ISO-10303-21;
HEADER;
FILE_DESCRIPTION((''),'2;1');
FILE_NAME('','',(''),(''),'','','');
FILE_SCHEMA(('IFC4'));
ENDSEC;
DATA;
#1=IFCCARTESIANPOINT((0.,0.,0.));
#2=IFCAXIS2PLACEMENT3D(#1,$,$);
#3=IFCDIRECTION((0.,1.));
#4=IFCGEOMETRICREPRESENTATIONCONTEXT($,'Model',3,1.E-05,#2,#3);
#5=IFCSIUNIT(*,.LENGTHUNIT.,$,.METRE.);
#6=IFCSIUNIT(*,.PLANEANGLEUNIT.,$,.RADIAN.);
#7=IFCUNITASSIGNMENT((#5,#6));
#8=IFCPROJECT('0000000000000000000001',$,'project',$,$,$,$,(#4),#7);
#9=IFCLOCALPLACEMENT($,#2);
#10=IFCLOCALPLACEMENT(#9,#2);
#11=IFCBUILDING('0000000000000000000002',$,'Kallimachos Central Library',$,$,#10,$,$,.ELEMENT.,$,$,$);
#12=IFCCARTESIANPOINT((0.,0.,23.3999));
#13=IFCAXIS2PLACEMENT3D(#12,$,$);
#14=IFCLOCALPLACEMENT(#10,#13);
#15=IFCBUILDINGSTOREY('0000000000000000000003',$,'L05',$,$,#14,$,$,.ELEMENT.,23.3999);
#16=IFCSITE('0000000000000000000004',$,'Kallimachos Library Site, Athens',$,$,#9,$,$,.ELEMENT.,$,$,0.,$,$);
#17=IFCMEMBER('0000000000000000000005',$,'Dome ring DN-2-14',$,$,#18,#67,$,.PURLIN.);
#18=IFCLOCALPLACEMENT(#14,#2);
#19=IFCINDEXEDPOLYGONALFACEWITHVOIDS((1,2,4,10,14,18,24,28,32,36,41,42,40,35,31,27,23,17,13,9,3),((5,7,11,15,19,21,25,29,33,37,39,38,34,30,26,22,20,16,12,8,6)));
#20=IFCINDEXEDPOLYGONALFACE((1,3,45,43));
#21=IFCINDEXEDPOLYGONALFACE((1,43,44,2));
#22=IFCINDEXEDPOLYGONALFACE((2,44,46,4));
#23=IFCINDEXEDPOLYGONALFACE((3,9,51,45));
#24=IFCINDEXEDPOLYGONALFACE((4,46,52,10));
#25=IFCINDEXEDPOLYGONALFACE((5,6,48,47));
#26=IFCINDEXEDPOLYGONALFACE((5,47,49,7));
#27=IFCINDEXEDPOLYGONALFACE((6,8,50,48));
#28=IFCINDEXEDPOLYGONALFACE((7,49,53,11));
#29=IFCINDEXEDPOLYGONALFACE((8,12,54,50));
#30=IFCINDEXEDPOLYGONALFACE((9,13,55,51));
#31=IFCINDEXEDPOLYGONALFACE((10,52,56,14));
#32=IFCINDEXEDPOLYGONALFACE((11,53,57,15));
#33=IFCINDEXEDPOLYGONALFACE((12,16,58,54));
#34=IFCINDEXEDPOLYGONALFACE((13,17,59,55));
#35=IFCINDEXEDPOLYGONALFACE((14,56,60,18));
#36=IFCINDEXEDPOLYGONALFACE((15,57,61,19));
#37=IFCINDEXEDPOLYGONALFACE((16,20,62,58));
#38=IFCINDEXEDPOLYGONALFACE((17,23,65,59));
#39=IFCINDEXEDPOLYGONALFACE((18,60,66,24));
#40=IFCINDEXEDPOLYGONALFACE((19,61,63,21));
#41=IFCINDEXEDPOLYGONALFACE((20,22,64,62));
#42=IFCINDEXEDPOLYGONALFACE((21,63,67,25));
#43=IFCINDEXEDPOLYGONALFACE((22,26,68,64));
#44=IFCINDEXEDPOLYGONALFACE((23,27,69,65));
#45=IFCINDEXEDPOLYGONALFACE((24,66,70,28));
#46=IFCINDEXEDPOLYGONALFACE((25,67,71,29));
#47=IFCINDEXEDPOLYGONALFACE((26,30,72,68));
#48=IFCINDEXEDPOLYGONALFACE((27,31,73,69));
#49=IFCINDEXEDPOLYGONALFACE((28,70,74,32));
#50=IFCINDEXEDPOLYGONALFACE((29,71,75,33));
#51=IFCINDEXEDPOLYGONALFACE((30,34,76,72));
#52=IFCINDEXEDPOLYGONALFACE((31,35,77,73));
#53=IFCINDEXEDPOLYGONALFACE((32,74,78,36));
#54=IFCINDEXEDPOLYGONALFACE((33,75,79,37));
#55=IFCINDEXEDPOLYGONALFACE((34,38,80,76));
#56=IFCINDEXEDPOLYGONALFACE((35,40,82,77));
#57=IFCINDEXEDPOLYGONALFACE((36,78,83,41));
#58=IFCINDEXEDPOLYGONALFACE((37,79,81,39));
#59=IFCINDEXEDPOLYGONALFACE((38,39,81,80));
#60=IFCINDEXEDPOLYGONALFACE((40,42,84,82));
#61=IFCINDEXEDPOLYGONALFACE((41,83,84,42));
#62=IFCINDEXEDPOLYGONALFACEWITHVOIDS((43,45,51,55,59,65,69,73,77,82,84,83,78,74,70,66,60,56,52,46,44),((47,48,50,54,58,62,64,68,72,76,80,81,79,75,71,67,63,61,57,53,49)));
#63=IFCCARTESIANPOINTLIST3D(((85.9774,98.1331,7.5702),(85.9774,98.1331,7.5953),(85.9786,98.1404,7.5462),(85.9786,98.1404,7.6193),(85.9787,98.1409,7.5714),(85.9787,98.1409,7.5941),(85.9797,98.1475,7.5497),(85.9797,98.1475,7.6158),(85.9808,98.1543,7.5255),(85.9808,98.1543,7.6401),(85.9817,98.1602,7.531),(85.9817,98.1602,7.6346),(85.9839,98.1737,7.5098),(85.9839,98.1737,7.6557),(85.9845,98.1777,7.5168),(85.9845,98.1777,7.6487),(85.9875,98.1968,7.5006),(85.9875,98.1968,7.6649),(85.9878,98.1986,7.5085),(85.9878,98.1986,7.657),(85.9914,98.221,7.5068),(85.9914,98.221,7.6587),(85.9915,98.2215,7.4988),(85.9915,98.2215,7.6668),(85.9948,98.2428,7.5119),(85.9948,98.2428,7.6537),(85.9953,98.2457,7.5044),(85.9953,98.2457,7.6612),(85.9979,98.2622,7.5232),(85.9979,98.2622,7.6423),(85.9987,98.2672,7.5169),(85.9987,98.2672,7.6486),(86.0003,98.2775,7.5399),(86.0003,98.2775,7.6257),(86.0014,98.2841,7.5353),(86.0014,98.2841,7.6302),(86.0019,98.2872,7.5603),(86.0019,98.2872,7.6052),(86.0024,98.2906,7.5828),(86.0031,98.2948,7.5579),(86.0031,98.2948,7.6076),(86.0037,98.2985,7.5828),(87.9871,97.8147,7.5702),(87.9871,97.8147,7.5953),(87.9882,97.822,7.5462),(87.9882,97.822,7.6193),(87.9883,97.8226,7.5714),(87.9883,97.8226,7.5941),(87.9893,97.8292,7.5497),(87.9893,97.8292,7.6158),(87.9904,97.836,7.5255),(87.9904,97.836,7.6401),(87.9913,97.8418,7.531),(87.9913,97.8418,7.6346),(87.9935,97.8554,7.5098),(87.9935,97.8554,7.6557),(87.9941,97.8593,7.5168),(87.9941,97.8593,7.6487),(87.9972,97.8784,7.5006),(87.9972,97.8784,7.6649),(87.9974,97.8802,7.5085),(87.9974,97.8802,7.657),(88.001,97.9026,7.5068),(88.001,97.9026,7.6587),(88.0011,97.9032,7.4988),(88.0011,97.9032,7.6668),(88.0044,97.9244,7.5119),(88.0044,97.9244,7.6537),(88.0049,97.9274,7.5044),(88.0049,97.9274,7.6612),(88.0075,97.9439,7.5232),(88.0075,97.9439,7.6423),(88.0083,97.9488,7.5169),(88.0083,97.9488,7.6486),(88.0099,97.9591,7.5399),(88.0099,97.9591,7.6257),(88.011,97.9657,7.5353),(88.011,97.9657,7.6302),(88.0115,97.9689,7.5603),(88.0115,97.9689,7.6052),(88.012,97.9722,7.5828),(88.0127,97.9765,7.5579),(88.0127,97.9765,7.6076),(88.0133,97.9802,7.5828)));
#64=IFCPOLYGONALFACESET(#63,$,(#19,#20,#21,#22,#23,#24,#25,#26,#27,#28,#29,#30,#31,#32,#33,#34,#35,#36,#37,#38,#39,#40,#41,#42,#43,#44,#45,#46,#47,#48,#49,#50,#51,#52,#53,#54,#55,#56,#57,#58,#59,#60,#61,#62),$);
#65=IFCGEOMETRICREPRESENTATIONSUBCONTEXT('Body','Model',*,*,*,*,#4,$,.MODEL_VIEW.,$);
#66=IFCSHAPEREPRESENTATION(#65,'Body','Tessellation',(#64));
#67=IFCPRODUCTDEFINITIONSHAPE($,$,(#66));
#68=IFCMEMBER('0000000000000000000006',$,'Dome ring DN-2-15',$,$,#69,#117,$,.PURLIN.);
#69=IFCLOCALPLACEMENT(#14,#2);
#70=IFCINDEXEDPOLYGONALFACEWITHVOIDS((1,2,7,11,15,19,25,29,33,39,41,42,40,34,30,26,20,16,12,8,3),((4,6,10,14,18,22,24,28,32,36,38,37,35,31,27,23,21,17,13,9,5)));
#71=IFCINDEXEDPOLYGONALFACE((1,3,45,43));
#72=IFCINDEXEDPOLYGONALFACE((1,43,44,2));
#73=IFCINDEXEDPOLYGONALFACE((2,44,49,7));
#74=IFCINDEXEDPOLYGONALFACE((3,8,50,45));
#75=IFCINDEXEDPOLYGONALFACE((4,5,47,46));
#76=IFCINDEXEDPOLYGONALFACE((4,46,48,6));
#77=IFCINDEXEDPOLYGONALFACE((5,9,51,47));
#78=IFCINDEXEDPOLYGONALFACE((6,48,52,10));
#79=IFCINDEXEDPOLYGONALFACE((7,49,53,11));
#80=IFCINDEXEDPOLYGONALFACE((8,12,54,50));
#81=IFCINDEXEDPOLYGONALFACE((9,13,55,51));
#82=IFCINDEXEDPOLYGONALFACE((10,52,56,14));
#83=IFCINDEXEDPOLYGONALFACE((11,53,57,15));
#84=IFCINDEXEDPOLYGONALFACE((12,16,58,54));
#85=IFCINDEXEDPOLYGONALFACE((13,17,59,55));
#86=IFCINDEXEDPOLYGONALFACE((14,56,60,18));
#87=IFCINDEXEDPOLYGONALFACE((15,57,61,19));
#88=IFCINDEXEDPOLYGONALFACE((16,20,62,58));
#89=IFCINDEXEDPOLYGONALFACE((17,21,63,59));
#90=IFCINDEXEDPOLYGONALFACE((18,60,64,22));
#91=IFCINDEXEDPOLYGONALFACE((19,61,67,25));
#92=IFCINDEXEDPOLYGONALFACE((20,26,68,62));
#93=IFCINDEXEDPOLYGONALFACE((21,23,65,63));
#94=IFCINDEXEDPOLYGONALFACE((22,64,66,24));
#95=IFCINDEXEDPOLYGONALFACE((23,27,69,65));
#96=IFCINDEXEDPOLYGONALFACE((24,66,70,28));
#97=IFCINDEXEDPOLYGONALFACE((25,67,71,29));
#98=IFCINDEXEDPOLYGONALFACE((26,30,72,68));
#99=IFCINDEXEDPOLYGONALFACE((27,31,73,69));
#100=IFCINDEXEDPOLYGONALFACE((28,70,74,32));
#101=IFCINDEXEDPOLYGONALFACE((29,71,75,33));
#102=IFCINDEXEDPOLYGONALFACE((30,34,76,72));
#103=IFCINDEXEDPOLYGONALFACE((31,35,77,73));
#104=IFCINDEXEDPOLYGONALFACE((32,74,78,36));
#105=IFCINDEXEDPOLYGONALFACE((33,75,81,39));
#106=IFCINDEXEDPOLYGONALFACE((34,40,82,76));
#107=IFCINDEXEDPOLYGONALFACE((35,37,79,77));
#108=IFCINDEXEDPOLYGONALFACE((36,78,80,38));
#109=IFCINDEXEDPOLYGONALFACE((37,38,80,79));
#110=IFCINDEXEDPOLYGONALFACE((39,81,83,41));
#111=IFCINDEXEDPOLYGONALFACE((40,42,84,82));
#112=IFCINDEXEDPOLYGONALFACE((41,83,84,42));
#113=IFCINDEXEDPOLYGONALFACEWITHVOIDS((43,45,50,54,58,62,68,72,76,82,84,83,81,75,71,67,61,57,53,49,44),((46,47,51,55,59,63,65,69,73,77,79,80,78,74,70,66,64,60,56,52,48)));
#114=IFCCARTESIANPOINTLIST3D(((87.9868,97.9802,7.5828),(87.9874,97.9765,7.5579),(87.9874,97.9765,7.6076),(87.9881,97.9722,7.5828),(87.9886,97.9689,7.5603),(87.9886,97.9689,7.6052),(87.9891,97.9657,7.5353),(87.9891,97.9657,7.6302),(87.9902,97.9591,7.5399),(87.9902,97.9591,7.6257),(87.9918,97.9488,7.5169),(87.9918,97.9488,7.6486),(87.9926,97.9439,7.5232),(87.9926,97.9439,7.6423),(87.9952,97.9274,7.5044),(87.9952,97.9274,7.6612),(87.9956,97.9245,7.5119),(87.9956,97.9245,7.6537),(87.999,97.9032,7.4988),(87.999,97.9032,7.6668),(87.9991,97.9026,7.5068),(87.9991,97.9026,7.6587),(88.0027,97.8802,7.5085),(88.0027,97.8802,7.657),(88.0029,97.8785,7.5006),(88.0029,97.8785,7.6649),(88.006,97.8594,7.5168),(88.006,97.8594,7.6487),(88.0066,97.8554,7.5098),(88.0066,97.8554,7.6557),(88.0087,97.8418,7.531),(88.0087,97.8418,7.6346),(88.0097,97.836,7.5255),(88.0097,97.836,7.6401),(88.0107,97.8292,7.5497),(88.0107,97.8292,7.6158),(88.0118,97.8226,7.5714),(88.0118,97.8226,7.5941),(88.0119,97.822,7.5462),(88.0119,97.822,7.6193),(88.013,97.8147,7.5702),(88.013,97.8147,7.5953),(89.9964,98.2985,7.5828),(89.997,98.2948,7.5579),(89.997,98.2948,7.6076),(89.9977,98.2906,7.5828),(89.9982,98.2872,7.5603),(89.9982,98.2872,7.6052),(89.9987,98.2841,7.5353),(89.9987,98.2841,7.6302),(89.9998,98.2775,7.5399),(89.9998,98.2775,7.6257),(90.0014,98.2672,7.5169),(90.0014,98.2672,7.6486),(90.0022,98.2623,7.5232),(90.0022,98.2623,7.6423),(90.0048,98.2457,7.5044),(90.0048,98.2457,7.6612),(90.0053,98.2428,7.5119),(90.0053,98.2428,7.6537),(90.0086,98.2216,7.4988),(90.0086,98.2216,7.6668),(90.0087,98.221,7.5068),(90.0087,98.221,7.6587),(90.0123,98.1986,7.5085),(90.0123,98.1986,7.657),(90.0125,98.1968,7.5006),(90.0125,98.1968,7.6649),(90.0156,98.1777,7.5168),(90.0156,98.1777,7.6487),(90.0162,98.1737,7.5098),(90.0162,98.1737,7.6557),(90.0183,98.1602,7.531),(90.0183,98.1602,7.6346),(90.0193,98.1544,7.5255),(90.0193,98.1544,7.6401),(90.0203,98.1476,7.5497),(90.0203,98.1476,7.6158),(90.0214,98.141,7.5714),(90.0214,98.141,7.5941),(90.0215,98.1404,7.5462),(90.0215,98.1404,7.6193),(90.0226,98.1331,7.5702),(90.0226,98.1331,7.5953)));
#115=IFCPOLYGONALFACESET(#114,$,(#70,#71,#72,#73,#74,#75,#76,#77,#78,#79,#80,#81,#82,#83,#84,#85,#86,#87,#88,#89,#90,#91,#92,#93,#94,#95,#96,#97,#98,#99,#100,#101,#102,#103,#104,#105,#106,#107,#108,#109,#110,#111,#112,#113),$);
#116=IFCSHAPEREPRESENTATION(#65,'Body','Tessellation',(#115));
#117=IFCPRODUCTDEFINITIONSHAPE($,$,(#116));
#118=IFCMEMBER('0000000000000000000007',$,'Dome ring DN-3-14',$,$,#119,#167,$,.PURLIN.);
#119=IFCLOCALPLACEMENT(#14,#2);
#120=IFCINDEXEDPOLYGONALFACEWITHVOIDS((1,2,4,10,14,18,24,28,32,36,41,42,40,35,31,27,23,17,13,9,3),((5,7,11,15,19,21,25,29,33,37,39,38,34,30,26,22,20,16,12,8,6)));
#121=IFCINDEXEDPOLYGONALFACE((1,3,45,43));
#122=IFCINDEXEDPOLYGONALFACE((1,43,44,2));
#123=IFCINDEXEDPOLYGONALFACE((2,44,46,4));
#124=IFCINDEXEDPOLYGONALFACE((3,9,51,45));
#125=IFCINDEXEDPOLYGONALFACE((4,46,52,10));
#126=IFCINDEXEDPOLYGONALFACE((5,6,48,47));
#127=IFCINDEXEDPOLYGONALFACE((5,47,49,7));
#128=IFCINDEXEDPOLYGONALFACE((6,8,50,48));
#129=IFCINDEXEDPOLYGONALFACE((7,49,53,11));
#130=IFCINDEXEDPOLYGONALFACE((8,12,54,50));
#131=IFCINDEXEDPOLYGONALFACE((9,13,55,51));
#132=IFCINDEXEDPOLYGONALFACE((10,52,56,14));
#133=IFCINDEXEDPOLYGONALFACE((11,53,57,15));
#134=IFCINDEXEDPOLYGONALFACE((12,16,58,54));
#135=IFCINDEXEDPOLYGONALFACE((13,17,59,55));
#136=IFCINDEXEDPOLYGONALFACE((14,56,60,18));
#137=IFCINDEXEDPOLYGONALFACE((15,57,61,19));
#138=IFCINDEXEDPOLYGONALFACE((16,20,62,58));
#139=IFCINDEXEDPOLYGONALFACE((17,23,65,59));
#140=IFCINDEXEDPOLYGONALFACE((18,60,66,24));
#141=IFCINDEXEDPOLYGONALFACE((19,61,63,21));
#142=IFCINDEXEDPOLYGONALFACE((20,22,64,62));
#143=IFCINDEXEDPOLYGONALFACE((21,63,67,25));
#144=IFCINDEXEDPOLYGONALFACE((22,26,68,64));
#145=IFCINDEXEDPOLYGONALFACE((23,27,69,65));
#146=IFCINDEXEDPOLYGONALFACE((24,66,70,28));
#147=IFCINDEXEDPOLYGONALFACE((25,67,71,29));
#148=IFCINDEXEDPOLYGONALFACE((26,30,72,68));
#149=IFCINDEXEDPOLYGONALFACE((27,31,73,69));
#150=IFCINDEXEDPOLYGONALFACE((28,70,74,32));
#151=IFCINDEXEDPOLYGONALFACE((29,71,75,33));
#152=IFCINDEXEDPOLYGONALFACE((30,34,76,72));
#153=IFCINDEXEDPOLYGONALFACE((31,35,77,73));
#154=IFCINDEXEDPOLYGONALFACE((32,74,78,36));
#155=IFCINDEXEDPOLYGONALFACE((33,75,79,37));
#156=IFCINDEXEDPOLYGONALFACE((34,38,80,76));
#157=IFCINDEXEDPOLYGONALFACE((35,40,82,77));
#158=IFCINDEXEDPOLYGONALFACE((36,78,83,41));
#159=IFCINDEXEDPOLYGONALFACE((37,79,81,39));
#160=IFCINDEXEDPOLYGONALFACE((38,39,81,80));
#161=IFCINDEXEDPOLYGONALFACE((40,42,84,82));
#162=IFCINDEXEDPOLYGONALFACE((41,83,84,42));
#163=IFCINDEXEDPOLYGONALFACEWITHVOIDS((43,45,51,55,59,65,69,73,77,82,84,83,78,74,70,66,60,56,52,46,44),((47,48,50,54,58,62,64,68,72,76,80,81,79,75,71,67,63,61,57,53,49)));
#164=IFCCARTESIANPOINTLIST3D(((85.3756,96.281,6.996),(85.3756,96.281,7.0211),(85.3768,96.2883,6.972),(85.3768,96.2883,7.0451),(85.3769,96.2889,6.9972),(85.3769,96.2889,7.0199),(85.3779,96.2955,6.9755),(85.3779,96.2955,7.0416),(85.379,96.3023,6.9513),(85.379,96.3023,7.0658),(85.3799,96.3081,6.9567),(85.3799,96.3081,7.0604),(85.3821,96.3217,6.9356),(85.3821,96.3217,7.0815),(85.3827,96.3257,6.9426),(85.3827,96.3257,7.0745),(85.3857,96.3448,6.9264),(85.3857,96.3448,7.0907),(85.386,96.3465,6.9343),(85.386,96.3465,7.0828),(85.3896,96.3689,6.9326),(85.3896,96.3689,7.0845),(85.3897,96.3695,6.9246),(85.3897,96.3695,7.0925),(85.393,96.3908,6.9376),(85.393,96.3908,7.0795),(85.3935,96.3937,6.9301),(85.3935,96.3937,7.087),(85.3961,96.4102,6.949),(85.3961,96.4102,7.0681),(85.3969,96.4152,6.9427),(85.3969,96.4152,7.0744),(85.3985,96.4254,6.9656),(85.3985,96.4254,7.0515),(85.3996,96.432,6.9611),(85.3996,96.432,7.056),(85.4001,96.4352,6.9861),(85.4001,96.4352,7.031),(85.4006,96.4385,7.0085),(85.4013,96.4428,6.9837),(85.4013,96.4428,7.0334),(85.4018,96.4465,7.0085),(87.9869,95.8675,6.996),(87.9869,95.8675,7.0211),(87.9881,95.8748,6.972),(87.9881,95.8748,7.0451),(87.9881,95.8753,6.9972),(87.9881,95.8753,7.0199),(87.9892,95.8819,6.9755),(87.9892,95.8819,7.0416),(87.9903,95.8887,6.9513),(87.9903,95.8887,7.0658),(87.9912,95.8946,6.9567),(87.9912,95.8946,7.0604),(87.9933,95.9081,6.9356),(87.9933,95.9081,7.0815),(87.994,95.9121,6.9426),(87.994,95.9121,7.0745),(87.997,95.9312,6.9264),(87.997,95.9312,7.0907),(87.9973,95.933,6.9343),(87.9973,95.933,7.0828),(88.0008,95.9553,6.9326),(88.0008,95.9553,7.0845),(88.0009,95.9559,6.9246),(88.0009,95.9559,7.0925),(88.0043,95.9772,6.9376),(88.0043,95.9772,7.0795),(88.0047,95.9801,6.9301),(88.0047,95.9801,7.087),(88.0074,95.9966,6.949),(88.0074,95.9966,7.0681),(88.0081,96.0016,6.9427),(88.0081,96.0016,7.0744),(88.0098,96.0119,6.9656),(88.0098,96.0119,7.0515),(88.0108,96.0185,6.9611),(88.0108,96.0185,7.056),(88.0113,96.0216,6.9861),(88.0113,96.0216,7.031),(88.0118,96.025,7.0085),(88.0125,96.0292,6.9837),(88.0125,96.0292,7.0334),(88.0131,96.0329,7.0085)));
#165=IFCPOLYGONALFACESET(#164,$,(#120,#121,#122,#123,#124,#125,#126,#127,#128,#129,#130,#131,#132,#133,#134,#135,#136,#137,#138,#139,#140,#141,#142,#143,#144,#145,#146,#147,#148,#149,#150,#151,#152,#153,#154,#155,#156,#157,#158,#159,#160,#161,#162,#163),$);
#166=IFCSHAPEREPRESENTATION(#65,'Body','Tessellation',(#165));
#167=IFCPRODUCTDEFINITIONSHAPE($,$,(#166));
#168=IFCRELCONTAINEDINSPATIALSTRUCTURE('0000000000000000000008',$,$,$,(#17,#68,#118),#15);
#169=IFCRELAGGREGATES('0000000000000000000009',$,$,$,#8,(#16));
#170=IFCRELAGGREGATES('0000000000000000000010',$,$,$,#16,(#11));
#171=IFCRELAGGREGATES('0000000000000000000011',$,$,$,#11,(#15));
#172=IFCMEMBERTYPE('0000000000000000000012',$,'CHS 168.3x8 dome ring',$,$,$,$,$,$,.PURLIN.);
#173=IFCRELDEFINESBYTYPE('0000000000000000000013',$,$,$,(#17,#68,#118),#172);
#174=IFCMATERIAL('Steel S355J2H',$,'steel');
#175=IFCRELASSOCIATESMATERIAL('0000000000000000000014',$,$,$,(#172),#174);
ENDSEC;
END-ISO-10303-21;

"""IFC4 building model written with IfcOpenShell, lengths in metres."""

from ifc_helpers import new_model, si_unit, direction, frame, origin, origin_2d, place, context, subcontext, project, spatial, hollow_circle, extrude, material, material_profile, profile_set, type_object, element, save


model = new_model("IFC4")

# Units and contexts
model_context = context("Model", 3, precision=1e-05, world=origin(), true_north=direction((0.0, 1.0)))
body_context = subcontext(model_context, "Body", "Model", "MODEL_VIEW")
ifc_project = project(units=[si_unit("LENGTHUNIT", "METRE"), si_unit("PLANEANGLEUNIT", "RADIAN")], contexts=[model_context])

# Site, building, storey
site_placement = place(None, origin())
site = spatial("IfcSite", under=ifc_project, at=site_placement, Name="Kallimachos Library Site, Athens", CompositionType="ELEMENT", RefElevation=0.0)
building_placement = place(site_placement, origin())
building = spatial("IfcBuilding", under=site, at=building_placement, Name="Kallimachos Central Library", CompositionType="ELEMENT")
storey_placement = place(building_placement, frame((0.0, 0.0, 23.3999)))
storey = spatial("IfcBuildingStorey", under=building, at=storey_placement, Name="L05", CompositionType="ELEMENT", Elevation=23.3999)

# Members
ifc_material_1 = material(Name="Steel S355J2H", Category="steel")
ifc_material_profile_1 = material_profile(ifc_material_1, hollow_circle(Radius=0.0842, WallThickness=0.0081, at=origin_2d()), Name="CHS 168.3x8")
ifc_profile_set_1 = profile_set([ifc_material_profile_1], Name="Steel S355J2H")
member_type_1 = type_object("IfcMemberType", Name="CHS 168.3x8 dome ring", PredefinedType="PURLIN", material=ifc_profile_set_1)
for number, where, z_axis, x_axis, name in (
    (1, (85.9905, 98.2153, 7.5828), (0.987682, -0.156474, 0.0), (0.156474, 0.987682, 0.0), "Dome ring DN-2-14"),
    (2, (88.0, 97.897, 7.5828), (0.987682, 0.156474, 0.0), (-0.156474, 0.987682, 0.0), "Dome ring DN-2-15"),
):
    element("IfcMember", number, at=place(storey_placement, frame(where, z_axis=z_axis, x_axis=x_axis)), inside=storey, type_object=member_type_1, Name=name, PredefinedType="PURLIN", context=body_context, shape_type="SweptSolid", body=[
        extrude(hollow_circle(Radius=0.0842, WallThickness=0.0081, at=origin_2d()), origin(), (0.0, 0.0, 1.0), 2.0347),
    ])
for number, where, z_axis, x_axis, name in (
    (3, (85.3887, 96.3633, 7.0085), (0.987689, -0.156427, 0.0), (0.156427, 0.987689, 0.0), "Dome ring DN-3-14"),
):
    element("IfcMember", number, at=place(storey_placement, frame(where, z_axis=z_axis, x_axis=x_axis)), inside=storey, type_object=member_type_1, Name=name, PredefinedType="PURLIN", context=body_context, shape_type="SweptSolid", body=[
        extrude(hollow_circle(Radius=0.0842, WallThickness=0.0081, at=origin_2d()), origin(), (0.0, 0.0, 1.0), 2.6438),
    ])

save(model, "model.ifc")
